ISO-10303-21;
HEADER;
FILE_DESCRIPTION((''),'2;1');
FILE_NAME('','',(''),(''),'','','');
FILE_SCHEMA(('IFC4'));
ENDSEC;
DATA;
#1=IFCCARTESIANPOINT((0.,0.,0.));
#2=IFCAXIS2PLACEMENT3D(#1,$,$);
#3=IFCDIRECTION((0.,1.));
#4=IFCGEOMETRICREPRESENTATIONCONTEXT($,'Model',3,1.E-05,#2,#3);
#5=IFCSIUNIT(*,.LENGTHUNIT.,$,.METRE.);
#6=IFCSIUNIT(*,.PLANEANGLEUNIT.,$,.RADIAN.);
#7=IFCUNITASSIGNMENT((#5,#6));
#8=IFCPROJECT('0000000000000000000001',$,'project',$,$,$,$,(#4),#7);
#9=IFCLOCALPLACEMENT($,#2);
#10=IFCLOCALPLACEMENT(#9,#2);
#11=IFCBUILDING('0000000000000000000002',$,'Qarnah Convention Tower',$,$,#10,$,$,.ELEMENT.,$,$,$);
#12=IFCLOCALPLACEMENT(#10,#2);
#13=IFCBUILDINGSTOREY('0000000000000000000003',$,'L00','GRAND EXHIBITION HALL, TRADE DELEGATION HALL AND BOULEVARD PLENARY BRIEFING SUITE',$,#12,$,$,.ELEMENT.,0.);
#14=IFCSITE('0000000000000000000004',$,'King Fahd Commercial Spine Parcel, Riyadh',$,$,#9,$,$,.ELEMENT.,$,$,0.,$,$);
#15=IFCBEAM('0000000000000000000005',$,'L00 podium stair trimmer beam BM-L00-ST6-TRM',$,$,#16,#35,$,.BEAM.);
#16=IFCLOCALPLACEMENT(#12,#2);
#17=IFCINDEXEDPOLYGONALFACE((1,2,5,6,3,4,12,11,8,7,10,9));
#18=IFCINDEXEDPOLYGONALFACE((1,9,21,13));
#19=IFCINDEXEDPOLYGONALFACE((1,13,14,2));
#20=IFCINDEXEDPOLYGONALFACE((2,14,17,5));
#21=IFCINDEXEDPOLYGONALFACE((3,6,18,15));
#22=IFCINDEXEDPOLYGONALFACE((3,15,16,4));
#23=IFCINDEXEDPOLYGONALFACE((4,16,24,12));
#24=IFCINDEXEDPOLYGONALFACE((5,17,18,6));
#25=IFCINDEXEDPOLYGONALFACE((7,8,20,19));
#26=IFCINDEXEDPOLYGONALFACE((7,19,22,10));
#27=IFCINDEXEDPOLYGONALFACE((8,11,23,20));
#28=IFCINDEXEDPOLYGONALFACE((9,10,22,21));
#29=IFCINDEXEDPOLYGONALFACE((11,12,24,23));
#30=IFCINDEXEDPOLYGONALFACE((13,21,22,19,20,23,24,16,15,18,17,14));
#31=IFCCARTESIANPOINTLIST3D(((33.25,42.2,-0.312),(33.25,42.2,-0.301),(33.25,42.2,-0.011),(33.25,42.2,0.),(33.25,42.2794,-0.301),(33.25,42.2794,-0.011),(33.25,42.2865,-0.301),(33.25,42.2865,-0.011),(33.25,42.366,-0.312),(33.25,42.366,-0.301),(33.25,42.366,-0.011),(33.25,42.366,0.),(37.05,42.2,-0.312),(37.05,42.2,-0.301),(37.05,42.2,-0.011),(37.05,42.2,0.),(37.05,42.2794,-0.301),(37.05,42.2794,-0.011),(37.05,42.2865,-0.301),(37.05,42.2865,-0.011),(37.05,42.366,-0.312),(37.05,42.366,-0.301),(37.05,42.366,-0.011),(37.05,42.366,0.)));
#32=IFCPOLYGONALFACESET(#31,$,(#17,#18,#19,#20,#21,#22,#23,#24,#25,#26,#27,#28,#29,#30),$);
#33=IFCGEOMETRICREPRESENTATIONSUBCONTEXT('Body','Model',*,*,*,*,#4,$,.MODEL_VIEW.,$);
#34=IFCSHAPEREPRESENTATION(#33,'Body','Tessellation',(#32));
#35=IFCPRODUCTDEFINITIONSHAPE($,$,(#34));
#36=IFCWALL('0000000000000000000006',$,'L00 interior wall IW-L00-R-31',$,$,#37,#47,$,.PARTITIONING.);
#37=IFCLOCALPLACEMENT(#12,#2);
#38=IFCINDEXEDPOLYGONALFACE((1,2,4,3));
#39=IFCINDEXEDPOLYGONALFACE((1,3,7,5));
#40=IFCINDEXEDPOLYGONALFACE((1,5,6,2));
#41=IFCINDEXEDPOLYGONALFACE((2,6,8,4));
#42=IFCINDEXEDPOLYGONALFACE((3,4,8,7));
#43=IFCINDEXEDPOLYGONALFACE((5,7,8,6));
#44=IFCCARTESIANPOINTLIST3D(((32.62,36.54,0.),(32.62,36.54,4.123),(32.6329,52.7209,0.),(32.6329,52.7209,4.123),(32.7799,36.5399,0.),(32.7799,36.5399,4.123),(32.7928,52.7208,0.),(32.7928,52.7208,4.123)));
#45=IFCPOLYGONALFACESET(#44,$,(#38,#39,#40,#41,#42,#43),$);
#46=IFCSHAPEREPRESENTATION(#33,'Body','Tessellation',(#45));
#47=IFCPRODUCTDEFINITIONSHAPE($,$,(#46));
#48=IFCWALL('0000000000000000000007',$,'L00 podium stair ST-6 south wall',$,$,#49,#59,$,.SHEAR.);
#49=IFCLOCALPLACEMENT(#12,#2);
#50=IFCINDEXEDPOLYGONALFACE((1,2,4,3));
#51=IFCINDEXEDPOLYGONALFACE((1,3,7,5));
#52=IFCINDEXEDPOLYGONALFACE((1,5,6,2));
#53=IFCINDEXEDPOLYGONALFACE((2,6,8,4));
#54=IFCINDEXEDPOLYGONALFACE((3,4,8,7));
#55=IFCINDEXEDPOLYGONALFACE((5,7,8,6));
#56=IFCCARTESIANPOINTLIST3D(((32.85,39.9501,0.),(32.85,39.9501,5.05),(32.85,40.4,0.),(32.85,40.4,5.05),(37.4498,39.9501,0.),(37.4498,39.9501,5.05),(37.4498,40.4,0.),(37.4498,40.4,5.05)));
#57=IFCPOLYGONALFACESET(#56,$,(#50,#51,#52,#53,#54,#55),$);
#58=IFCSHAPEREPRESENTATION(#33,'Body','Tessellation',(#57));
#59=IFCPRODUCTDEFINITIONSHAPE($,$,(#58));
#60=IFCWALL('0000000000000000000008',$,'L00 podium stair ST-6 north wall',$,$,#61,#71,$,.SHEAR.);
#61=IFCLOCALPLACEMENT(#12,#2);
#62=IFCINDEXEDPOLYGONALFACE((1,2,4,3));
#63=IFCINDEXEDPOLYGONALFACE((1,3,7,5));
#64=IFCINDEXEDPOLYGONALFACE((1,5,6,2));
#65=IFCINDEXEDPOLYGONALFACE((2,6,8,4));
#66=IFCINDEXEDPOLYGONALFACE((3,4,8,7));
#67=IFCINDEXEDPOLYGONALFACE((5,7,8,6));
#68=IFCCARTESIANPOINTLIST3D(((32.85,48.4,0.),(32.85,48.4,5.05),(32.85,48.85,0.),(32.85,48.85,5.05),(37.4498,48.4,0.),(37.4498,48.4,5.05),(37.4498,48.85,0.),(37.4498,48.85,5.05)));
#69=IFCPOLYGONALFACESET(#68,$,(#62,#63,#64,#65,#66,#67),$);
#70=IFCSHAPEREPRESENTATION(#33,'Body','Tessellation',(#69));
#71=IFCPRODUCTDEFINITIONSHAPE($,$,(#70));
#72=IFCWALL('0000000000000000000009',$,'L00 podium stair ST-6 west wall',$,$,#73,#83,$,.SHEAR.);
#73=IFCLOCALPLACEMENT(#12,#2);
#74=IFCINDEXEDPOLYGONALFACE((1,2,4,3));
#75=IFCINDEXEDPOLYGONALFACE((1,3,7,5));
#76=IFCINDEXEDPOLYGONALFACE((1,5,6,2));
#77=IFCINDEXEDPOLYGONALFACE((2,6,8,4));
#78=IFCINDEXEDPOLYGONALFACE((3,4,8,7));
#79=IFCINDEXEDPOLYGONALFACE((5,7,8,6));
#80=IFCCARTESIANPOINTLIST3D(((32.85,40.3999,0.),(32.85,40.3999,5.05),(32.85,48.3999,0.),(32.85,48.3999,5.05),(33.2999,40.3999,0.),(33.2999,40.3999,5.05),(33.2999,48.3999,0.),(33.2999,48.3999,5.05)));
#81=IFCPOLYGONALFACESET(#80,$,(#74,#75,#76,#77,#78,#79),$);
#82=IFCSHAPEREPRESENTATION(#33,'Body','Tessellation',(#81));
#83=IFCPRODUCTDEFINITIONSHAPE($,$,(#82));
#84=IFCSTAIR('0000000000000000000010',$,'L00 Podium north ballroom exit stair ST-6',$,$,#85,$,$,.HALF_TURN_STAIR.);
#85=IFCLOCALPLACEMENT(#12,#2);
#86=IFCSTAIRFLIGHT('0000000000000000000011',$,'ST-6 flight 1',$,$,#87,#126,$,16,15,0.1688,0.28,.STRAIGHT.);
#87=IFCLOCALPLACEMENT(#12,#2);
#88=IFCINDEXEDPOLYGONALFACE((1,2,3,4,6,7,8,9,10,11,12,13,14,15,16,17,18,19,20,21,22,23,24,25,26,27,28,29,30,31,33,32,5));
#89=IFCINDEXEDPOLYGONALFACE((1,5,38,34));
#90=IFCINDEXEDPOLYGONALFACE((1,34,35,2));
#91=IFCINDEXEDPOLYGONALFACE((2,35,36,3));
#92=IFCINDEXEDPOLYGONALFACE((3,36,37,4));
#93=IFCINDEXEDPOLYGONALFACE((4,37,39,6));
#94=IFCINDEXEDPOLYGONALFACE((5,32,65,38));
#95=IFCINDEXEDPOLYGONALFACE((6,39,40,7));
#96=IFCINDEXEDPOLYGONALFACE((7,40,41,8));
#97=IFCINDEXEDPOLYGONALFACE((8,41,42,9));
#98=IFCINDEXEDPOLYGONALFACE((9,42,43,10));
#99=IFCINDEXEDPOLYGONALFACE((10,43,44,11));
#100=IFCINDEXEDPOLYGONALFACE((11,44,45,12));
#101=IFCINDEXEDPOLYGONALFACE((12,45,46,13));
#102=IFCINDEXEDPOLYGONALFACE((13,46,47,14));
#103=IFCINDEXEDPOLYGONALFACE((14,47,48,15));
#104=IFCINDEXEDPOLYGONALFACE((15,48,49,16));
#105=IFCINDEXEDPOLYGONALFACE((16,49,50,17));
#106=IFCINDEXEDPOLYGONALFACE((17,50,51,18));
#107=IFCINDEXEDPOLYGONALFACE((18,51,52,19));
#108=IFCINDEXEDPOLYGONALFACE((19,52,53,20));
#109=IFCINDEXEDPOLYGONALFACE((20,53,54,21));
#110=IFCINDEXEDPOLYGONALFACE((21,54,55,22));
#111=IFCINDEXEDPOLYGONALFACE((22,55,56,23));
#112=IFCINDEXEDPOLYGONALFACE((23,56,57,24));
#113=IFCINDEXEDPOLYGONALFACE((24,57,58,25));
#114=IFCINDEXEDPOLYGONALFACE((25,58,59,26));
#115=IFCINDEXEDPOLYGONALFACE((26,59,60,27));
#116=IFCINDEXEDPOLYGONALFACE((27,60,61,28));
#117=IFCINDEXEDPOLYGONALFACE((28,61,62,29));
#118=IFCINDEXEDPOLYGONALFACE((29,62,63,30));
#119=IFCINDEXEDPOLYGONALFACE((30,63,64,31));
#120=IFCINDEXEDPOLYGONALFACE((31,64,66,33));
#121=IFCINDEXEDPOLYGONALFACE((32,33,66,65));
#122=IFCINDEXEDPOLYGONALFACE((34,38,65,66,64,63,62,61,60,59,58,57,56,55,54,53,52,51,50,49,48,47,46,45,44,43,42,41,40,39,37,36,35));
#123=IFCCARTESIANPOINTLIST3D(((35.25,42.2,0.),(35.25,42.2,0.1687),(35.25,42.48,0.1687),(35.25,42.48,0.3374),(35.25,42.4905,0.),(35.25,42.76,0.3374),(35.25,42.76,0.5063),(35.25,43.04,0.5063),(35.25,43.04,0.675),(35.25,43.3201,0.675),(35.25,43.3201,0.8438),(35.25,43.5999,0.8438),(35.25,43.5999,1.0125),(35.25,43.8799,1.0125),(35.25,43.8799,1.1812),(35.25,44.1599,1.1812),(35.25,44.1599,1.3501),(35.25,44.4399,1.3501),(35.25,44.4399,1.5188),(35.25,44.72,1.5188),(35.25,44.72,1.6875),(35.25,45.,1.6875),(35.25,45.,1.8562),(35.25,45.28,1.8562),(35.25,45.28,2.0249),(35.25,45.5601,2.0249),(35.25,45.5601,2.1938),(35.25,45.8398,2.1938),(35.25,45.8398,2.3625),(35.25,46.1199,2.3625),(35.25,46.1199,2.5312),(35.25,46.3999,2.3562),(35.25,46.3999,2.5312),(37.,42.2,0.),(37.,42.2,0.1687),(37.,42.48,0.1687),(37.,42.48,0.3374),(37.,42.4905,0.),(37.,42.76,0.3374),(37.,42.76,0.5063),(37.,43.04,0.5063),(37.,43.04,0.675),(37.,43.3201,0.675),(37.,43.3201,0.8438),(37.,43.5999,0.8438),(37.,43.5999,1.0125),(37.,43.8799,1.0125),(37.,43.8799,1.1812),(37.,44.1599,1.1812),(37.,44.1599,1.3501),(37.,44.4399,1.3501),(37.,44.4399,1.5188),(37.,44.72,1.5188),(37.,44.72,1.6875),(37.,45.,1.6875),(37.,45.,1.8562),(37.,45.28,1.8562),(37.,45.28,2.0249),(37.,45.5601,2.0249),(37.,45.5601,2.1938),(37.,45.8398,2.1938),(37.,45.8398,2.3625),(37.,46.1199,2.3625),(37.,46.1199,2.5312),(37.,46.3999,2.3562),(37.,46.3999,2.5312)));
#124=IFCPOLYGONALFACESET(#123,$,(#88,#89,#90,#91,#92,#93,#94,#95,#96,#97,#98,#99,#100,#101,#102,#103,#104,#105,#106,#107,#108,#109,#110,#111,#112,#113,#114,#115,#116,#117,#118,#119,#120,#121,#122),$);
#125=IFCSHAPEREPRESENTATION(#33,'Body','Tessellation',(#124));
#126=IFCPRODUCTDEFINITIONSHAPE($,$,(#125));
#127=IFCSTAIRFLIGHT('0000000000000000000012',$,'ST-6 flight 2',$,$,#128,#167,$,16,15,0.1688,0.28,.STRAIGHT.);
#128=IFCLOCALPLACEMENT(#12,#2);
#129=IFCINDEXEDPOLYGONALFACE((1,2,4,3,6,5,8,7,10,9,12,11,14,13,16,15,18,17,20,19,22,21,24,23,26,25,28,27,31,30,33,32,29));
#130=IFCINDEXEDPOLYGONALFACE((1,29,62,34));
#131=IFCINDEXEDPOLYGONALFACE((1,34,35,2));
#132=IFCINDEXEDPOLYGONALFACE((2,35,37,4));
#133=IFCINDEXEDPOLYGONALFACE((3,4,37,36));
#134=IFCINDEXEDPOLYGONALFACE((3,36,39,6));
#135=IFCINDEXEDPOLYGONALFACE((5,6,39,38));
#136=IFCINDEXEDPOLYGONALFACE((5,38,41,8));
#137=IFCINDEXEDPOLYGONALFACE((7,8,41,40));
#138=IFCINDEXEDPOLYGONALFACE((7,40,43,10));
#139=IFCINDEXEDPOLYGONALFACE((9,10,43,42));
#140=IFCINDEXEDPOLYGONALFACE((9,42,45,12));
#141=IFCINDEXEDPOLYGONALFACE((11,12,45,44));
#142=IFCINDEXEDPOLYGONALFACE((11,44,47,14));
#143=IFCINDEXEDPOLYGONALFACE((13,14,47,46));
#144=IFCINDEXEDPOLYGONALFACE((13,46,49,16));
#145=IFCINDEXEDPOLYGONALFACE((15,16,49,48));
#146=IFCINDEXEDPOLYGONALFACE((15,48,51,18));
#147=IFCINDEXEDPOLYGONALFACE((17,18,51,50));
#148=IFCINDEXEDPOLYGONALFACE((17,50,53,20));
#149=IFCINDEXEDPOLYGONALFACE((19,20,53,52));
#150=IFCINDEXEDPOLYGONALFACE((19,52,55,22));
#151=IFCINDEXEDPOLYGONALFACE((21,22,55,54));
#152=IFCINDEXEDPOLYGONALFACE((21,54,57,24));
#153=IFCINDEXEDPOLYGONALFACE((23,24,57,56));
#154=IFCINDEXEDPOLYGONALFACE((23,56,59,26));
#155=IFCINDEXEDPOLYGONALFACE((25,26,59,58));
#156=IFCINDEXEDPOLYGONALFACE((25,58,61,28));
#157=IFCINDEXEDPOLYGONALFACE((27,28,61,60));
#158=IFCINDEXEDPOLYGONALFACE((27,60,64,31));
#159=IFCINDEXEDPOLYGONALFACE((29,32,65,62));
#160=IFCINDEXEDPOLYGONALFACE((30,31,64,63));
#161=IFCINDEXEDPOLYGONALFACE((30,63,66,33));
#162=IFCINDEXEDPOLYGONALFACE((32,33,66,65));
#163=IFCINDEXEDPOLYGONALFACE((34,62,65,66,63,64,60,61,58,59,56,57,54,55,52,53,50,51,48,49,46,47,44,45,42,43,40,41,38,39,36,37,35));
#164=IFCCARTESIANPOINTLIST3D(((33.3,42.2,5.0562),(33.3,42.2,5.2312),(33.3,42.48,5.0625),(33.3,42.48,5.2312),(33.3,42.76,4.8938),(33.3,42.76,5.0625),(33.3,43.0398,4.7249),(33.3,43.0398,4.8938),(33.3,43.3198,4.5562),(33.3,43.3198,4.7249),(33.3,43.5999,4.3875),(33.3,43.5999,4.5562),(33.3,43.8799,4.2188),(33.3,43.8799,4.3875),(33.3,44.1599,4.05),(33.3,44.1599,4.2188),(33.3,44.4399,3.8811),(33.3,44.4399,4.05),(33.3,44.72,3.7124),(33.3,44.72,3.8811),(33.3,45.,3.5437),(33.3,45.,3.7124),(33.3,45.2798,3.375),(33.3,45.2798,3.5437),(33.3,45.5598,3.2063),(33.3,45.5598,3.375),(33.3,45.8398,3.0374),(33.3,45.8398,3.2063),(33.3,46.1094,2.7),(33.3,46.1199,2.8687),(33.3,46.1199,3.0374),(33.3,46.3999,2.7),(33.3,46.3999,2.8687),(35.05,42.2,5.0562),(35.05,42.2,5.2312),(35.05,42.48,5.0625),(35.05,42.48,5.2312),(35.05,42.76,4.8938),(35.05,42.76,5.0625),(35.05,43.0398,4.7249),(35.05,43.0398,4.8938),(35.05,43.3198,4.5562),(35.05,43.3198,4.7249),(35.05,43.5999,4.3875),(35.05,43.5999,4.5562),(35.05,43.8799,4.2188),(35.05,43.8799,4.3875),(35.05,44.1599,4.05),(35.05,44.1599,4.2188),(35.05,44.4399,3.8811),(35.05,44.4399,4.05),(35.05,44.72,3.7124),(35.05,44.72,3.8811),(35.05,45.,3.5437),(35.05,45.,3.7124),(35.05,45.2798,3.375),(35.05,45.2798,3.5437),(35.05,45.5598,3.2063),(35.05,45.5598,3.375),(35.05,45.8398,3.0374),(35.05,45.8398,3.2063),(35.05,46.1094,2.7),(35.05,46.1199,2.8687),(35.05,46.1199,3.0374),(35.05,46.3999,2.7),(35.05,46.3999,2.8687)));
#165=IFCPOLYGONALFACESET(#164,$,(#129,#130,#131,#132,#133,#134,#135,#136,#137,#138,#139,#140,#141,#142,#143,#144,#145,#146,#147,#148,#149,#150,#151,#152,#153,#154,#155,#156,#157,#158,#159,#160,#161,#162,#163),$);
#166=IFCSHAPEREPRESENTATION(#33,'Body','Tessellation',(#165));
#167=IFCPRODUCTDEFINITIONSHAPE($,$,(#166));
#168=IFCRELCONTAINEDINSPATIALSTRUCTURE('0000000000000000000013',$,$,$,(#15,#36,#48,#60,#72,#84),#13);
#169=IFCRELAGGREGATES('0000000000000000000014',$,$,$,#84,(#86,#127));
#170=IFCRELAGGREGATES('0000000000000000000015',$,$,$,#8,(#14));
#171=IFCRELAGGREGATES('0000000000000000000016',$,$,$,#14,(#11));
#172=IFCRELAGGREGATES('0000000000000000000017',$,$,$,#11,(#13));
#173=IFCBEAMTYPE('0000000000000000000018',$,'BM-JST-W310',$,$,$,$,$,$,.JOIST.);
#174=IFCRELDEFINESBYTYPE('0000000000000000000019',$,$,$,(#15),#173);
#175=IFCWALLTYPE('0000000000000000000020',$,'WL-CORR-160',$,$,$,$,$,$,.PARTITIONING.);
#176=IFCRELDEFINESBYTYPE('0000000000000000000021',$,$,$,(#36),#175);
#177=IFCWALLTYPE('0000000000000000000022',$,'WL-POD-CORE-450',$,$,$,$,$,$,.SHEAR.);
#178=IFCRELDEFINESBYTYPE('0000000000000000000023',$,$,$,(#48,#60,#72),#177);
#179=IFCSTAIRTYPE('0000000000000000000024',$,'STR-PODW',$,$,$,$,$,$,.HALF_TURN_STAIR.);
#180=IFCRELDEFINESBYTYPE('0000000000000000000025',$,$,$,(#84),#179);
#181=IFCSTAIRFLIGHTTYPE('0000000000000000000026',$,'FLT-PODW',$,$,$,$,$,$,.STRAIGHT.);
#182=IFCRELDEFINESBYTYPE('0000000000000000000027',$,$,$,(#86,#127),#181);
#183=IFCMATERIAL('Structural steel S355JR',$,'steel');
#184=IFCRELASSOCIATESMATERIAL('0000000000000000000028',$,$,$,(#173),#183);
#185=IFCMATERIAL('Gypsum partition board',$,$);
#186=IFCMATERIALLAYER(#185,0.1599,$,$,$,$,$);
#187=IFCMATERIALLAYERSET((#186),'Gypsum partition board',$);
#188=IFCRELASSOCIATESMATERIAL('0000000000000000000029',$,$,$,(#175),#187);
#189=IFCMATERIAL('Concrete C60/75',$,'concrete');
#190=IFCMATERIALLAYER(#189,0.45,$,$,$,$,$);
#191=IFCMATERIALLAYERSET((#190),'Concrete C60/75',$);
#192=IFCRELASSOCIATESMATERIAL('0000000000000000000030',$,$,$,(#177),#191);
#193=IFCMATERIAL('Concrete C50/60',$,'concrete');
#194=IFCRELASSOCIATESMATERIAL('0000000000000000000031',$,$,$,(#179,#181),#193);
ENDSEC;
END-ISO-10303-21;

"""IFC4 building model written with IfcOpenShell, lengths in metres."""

from ifc_helpers import new_model, si_unit, direction, frame, frame_2d, origin, origin_2d, place, context, subcontext, project, spatial, polyline, rectangle, i_section, outline, extrude, material, layer, layer_set, material_profile, profile_set, type_object, element, aggregate, save


model = new_model("IFC4")

# Units and contexts
model_context = context("Model", 3, precision=1e-05, world=origin(), true_north=direction((0.0, 1.0)))
body_context = subcontext(model_context, "Body", "Model", "MODEL_VIEW")
ifc_project = project(units=[si_unit("LENGTHUNIT", "METRE"), si_unit("PLANEANGLEUNIT", "RADIAN")], contexts=[model_context])

# Site, building, storey
site_placement = place(None, origin())
site = spatial("IfcSite", under=ifc_project, at=site_placement, Name="King Fahd Commercial Spine Parcel, Riyadh", CompositionType="ELEMENT", RefElevation=0.0)
building_placement = place(site_placement, origin())
building = spatial("IfcBuilding", under=site, at=building_placement, Name="Qarnah Convention Tower", CompositionType="ELEMENT")
storey_placement = place(building_placement, origin())
storey = spatial("IfcBuildingStorey", under=building, at=storey_placement, Name="L00", Description="GRAND EXHIBITION HALL, TRADE DELEGATION HALL AND BOULEVARD PLENARY BRIEFING SUITE", CompositionType="ELEMENT", Elevation=0.0)

# Beam
ifc_material_1 = material(Name="Structural steel S355JR", Category="steel")
ifc_material_profile = material_profile(ifc_material_1, i_section(OverallWidth=0.166, OverallDepth=0.312, WebThickness=0.0071, FlangeThickness=0.011, at=origin_2d()), Name="W310X45")
ifc_profile_set = profile_set([ifc_material_profile], Name="Structural steel S355JR")
beam_type = type_object("IfcBeamType", Name="BM-JST-W310", PredefinedType="JOIST", material=ifc_profile_set)
beam_placement = place(storey_placement, frame((33.25, 42.283, -0.156), z_axis=(1.0, 0.0, 0.0), x_axis=(0.0, 1.0, 0.0)))
element("IfcBeam", 1, at=beam_placement, inside=storey, type_object=beam_type, Name="L00 podium stair trimmer beam BM-L00-ST6-TRM", PredefinedType="BEAM", context=body_context, shape_type="SweptSolid", body=[
    extrude(i_section(OverallWidth=0.166, OverallDepth=0.312, WebThickness=0.0071, FlangeThickness=0.011, at=origin_2d()), origin(), (0.0, 0.0, 1.0), 3.8),
])

# Walls
ifc_material_2 = material(Name="Gypsum partition board")
ifc_layer_1 = layer(ifc_material_2, 0.1599)
ifc_layer_set_1 = layer_set([ifc_layer_1], Name="Gypsum partition board")
wall_type_1 = type_object("IfcWallType", Name="WL-CORR-160", PredefinedType="PARTITIONING", material=ifc_layer_set_1)
wall_1_placement = place(storey_placement, frame((32.7, 36.54, 0.0), z_axis=(0.0, 0.0, 1.0), x_axis=(0.0008, 1.0, 0.0)))
element("IfcWall", 2, at=wall_1_placement, inside=storey, type_object=wall_type_1, Name="L00 interior wall IW-L00-R-31", PredefinedType="PARTITIONING", context=body_context, shape_type="SweptSolid", body=[
    extrude(rectangle(XDim=16.1809, YDim=0.1599, at=frame_2d((8.0903, 0.0))), origin(), (0.0, 0.0, 1.0), 4.123),
])
ifc_material_3 = material(Name="Concrete C60/75", Category="concrete")
ifc_layer_2 = layer(ifc_material_3, 0.45)
ifc_layer_set_2 = layer_set([ifc_layer_2], Name="Concrete C60/75")
wall_type_2 = type_object("IfcWallType", Name="WL-POD-CORE-450", PredefinedType="SHEAR", material=ifc_layer_set_2)
for number, where, z_axis, x_axis, name in (
    (3, (32.8501, 40.175, 0.0), (0.0, 0.0, 1.0), (1.0, 0.0, 0.0), "L00 podium stair ST-6 south wall"),
    (4, (32.8501, 48.625, 0.0), (0.0, 0.0, 1.0), (1.0, 0.0, 0.0), "L00 podium stair ST-6 north wall"),
):
    element("IfcWall", number, at=place(storey_placement, frame(where, z_axis=z_axis, x_axis=x_axis)), inside=storey, type_object=wall_type_2, Name=name, PredefinedType="SHEAR", context=body_context, shape_type="SweptSolid", body=[
        extrude(rectangle(XDim=4.5999, YDim=0.45, at=frame_2d((2.2998, 0.0))), origin(), (0.0, 0.0, 1.0), 5.05),
    ])
wall_2_placement = place(storey_placement, frame((33.075, 40.3999, 0.0), z_axis=(0.0, 0.0, 1.0), x_axis=(0.0, 1.0, 0.0)))
element("IfcWall", 5, at=wall_2_placement, inside=storey, type_object=wall_type_2, Name="L00 podium stair ST-6 west wall", PredefinedType="SHEAR", context=body_context, shape_type="SweptSolid", body=[
    extrude(rectangle(XDim=8.0, YDim=0.45, at=frame_2d((4.0, 0.0))), origin(), (0.0, 0.0, 1.0), 5.05),
])

# Stair, stair flights
ifc_material_4 = material(Name="Concrete C50/60", Category="concrete")
stair_type = type_object("IfcStairType", Name="STR-PODW", PredefinedType="HALF_TURN_STAIR", material=ifc_material_4)
stair_placement = place(storey_placement, origin())
stair = element("IfcStair", 6, at=stair_placement, inside=storey, type_object=stair_type, Name="L00 Podium north ballroom exit stair ST-6", PredefinedType="HALF_TURN_STAIR")
stair_flight_type = type_object("IfcStairFlightType", Name="FLT-PODW", PredefinedType="STRAIGHT", material=ifc_material_4)
stair_flight_1_placement = place(storey_placement, frame((36.125, 42.2, 0.0), z_axis=(0.0, 0.0, 1.0), x_axis=(0.0, 1.0, 0.0)))
stair_flight_1 = element("IfcStairFlight", 7, at=stair_flight_1_placement, type_object=stair_flight_type, Name="ST-6 flight 1", NumberOfRisers=16, NumberOfTreads=15, PredefinedType="STRAIGHT", RiserHeight=0.1688, TreadLength=0.28, context=body_context, shape_type="SweptSolid", body=[
    extrude(outline(polyline([(0.0, 0.0), (0.0, 0.1687), (0.28, 0.1687), (0.28, 0.3374), (0.5601, 0.3374), (0.5601, 0.5063), (0.8401, 0.5063), (0.8401, 0.675), (1.1201, 0.675), (1.1201, 0.8438), (1.3999, 0.8438), (1.3999, 1.0125), (1.6799, 1.0125), (1.6799, 1.1812), (1.96, 1.1812), (1.96, 1.3501), (2.24, 1.3501), (2.24, 1.5188), (2.52, 1.5188), (2.52, 1.6875), (2.8, 1.6875), (2.8, 1.8562), (3.0801, 1.8562), (3.0801, 2.0249), (3.3601, 2.0249), (3.3601, 2.1938), (3.6399, 2.1938), (3.6399, 2.3625), (3.9199, 2.3625), (3.9199, 2.5312), (4.2, 2.5312), (4.2, 2.7), (4.2, 2.3562), (0.2905, 0.0), (0.0, 0.0)])), frame((0.0, 0.875, 0.0), z_axis=(0.0, -1.0, 0.0), x_axis=(1.0, 0.0, 0.0)), (0.0, 0.0, 1.0), 1.75),
])
stair_flight_2_placement = place(storey_placement, frame((34.175, 46.3999, 2.7), z_axis=(0.0, 0.0, 1.0), x_axis=(0.0, -1.0, 0.0)))
stair_flight_2 = element("IfcStairFlight", 8, at=stair_flight_2_placement, type_object=stair_flight_type, Name="ST-6 flight 2", NumberOfRisers=16, NumberOfTreads=15, PredefinedType="STRAIGHT", RiserHeight=0.1688, TreadLength=0.28, context=body_context, shape_type="SweptSolid", body=[
    extrude(outline(polyline([(0.0, 0.0), (0.0, 0.1687), (0.28, 0.1687), (0.28, 0.3374), (0.5601, 0.3374), (0.5601, 0.5063), (0.8401, 0.5063), (0.8401, 0.675), (1.1201, 0.675), (1.1201, 0.8438), (1.3999, 0.8438), (1.3999, 1.0125), (1.6799, 1.0125), (1.6799, 1.1812), (1.96, 1.1812), (1.96, 1.3501), (2.24, 1.3501), (2.24, 1.5188), (2.52, 1.5188), (2.52, 1.6875), (2.8, 1.6875), (2.8, 1.8562), (3.0801, 1.8562), (3.0801, 2.0249), (3.3601, 2.0249), (3.3601, 2.1938), (3.6399, 2.1938), (3.6399, 2.3625), (3.9199, 2.3625), (3.9199, 2.5312), (4.2, 2.5312), (4.2, 2.7), (4.2, 2.3562), (0.2905, 0.0), (0.0, 0.0)])), frame((0.0, 0.875, 0.0), z_axis=(0.0, -1.0, 0.0), x_axis=(1.0, 0.0, 0.0)), (0.0, 0.0, 1.0), 1.75),
])
aggregate(stair, [stair_flight_1, stair_flight_2])

save(model, "model.ifc")
